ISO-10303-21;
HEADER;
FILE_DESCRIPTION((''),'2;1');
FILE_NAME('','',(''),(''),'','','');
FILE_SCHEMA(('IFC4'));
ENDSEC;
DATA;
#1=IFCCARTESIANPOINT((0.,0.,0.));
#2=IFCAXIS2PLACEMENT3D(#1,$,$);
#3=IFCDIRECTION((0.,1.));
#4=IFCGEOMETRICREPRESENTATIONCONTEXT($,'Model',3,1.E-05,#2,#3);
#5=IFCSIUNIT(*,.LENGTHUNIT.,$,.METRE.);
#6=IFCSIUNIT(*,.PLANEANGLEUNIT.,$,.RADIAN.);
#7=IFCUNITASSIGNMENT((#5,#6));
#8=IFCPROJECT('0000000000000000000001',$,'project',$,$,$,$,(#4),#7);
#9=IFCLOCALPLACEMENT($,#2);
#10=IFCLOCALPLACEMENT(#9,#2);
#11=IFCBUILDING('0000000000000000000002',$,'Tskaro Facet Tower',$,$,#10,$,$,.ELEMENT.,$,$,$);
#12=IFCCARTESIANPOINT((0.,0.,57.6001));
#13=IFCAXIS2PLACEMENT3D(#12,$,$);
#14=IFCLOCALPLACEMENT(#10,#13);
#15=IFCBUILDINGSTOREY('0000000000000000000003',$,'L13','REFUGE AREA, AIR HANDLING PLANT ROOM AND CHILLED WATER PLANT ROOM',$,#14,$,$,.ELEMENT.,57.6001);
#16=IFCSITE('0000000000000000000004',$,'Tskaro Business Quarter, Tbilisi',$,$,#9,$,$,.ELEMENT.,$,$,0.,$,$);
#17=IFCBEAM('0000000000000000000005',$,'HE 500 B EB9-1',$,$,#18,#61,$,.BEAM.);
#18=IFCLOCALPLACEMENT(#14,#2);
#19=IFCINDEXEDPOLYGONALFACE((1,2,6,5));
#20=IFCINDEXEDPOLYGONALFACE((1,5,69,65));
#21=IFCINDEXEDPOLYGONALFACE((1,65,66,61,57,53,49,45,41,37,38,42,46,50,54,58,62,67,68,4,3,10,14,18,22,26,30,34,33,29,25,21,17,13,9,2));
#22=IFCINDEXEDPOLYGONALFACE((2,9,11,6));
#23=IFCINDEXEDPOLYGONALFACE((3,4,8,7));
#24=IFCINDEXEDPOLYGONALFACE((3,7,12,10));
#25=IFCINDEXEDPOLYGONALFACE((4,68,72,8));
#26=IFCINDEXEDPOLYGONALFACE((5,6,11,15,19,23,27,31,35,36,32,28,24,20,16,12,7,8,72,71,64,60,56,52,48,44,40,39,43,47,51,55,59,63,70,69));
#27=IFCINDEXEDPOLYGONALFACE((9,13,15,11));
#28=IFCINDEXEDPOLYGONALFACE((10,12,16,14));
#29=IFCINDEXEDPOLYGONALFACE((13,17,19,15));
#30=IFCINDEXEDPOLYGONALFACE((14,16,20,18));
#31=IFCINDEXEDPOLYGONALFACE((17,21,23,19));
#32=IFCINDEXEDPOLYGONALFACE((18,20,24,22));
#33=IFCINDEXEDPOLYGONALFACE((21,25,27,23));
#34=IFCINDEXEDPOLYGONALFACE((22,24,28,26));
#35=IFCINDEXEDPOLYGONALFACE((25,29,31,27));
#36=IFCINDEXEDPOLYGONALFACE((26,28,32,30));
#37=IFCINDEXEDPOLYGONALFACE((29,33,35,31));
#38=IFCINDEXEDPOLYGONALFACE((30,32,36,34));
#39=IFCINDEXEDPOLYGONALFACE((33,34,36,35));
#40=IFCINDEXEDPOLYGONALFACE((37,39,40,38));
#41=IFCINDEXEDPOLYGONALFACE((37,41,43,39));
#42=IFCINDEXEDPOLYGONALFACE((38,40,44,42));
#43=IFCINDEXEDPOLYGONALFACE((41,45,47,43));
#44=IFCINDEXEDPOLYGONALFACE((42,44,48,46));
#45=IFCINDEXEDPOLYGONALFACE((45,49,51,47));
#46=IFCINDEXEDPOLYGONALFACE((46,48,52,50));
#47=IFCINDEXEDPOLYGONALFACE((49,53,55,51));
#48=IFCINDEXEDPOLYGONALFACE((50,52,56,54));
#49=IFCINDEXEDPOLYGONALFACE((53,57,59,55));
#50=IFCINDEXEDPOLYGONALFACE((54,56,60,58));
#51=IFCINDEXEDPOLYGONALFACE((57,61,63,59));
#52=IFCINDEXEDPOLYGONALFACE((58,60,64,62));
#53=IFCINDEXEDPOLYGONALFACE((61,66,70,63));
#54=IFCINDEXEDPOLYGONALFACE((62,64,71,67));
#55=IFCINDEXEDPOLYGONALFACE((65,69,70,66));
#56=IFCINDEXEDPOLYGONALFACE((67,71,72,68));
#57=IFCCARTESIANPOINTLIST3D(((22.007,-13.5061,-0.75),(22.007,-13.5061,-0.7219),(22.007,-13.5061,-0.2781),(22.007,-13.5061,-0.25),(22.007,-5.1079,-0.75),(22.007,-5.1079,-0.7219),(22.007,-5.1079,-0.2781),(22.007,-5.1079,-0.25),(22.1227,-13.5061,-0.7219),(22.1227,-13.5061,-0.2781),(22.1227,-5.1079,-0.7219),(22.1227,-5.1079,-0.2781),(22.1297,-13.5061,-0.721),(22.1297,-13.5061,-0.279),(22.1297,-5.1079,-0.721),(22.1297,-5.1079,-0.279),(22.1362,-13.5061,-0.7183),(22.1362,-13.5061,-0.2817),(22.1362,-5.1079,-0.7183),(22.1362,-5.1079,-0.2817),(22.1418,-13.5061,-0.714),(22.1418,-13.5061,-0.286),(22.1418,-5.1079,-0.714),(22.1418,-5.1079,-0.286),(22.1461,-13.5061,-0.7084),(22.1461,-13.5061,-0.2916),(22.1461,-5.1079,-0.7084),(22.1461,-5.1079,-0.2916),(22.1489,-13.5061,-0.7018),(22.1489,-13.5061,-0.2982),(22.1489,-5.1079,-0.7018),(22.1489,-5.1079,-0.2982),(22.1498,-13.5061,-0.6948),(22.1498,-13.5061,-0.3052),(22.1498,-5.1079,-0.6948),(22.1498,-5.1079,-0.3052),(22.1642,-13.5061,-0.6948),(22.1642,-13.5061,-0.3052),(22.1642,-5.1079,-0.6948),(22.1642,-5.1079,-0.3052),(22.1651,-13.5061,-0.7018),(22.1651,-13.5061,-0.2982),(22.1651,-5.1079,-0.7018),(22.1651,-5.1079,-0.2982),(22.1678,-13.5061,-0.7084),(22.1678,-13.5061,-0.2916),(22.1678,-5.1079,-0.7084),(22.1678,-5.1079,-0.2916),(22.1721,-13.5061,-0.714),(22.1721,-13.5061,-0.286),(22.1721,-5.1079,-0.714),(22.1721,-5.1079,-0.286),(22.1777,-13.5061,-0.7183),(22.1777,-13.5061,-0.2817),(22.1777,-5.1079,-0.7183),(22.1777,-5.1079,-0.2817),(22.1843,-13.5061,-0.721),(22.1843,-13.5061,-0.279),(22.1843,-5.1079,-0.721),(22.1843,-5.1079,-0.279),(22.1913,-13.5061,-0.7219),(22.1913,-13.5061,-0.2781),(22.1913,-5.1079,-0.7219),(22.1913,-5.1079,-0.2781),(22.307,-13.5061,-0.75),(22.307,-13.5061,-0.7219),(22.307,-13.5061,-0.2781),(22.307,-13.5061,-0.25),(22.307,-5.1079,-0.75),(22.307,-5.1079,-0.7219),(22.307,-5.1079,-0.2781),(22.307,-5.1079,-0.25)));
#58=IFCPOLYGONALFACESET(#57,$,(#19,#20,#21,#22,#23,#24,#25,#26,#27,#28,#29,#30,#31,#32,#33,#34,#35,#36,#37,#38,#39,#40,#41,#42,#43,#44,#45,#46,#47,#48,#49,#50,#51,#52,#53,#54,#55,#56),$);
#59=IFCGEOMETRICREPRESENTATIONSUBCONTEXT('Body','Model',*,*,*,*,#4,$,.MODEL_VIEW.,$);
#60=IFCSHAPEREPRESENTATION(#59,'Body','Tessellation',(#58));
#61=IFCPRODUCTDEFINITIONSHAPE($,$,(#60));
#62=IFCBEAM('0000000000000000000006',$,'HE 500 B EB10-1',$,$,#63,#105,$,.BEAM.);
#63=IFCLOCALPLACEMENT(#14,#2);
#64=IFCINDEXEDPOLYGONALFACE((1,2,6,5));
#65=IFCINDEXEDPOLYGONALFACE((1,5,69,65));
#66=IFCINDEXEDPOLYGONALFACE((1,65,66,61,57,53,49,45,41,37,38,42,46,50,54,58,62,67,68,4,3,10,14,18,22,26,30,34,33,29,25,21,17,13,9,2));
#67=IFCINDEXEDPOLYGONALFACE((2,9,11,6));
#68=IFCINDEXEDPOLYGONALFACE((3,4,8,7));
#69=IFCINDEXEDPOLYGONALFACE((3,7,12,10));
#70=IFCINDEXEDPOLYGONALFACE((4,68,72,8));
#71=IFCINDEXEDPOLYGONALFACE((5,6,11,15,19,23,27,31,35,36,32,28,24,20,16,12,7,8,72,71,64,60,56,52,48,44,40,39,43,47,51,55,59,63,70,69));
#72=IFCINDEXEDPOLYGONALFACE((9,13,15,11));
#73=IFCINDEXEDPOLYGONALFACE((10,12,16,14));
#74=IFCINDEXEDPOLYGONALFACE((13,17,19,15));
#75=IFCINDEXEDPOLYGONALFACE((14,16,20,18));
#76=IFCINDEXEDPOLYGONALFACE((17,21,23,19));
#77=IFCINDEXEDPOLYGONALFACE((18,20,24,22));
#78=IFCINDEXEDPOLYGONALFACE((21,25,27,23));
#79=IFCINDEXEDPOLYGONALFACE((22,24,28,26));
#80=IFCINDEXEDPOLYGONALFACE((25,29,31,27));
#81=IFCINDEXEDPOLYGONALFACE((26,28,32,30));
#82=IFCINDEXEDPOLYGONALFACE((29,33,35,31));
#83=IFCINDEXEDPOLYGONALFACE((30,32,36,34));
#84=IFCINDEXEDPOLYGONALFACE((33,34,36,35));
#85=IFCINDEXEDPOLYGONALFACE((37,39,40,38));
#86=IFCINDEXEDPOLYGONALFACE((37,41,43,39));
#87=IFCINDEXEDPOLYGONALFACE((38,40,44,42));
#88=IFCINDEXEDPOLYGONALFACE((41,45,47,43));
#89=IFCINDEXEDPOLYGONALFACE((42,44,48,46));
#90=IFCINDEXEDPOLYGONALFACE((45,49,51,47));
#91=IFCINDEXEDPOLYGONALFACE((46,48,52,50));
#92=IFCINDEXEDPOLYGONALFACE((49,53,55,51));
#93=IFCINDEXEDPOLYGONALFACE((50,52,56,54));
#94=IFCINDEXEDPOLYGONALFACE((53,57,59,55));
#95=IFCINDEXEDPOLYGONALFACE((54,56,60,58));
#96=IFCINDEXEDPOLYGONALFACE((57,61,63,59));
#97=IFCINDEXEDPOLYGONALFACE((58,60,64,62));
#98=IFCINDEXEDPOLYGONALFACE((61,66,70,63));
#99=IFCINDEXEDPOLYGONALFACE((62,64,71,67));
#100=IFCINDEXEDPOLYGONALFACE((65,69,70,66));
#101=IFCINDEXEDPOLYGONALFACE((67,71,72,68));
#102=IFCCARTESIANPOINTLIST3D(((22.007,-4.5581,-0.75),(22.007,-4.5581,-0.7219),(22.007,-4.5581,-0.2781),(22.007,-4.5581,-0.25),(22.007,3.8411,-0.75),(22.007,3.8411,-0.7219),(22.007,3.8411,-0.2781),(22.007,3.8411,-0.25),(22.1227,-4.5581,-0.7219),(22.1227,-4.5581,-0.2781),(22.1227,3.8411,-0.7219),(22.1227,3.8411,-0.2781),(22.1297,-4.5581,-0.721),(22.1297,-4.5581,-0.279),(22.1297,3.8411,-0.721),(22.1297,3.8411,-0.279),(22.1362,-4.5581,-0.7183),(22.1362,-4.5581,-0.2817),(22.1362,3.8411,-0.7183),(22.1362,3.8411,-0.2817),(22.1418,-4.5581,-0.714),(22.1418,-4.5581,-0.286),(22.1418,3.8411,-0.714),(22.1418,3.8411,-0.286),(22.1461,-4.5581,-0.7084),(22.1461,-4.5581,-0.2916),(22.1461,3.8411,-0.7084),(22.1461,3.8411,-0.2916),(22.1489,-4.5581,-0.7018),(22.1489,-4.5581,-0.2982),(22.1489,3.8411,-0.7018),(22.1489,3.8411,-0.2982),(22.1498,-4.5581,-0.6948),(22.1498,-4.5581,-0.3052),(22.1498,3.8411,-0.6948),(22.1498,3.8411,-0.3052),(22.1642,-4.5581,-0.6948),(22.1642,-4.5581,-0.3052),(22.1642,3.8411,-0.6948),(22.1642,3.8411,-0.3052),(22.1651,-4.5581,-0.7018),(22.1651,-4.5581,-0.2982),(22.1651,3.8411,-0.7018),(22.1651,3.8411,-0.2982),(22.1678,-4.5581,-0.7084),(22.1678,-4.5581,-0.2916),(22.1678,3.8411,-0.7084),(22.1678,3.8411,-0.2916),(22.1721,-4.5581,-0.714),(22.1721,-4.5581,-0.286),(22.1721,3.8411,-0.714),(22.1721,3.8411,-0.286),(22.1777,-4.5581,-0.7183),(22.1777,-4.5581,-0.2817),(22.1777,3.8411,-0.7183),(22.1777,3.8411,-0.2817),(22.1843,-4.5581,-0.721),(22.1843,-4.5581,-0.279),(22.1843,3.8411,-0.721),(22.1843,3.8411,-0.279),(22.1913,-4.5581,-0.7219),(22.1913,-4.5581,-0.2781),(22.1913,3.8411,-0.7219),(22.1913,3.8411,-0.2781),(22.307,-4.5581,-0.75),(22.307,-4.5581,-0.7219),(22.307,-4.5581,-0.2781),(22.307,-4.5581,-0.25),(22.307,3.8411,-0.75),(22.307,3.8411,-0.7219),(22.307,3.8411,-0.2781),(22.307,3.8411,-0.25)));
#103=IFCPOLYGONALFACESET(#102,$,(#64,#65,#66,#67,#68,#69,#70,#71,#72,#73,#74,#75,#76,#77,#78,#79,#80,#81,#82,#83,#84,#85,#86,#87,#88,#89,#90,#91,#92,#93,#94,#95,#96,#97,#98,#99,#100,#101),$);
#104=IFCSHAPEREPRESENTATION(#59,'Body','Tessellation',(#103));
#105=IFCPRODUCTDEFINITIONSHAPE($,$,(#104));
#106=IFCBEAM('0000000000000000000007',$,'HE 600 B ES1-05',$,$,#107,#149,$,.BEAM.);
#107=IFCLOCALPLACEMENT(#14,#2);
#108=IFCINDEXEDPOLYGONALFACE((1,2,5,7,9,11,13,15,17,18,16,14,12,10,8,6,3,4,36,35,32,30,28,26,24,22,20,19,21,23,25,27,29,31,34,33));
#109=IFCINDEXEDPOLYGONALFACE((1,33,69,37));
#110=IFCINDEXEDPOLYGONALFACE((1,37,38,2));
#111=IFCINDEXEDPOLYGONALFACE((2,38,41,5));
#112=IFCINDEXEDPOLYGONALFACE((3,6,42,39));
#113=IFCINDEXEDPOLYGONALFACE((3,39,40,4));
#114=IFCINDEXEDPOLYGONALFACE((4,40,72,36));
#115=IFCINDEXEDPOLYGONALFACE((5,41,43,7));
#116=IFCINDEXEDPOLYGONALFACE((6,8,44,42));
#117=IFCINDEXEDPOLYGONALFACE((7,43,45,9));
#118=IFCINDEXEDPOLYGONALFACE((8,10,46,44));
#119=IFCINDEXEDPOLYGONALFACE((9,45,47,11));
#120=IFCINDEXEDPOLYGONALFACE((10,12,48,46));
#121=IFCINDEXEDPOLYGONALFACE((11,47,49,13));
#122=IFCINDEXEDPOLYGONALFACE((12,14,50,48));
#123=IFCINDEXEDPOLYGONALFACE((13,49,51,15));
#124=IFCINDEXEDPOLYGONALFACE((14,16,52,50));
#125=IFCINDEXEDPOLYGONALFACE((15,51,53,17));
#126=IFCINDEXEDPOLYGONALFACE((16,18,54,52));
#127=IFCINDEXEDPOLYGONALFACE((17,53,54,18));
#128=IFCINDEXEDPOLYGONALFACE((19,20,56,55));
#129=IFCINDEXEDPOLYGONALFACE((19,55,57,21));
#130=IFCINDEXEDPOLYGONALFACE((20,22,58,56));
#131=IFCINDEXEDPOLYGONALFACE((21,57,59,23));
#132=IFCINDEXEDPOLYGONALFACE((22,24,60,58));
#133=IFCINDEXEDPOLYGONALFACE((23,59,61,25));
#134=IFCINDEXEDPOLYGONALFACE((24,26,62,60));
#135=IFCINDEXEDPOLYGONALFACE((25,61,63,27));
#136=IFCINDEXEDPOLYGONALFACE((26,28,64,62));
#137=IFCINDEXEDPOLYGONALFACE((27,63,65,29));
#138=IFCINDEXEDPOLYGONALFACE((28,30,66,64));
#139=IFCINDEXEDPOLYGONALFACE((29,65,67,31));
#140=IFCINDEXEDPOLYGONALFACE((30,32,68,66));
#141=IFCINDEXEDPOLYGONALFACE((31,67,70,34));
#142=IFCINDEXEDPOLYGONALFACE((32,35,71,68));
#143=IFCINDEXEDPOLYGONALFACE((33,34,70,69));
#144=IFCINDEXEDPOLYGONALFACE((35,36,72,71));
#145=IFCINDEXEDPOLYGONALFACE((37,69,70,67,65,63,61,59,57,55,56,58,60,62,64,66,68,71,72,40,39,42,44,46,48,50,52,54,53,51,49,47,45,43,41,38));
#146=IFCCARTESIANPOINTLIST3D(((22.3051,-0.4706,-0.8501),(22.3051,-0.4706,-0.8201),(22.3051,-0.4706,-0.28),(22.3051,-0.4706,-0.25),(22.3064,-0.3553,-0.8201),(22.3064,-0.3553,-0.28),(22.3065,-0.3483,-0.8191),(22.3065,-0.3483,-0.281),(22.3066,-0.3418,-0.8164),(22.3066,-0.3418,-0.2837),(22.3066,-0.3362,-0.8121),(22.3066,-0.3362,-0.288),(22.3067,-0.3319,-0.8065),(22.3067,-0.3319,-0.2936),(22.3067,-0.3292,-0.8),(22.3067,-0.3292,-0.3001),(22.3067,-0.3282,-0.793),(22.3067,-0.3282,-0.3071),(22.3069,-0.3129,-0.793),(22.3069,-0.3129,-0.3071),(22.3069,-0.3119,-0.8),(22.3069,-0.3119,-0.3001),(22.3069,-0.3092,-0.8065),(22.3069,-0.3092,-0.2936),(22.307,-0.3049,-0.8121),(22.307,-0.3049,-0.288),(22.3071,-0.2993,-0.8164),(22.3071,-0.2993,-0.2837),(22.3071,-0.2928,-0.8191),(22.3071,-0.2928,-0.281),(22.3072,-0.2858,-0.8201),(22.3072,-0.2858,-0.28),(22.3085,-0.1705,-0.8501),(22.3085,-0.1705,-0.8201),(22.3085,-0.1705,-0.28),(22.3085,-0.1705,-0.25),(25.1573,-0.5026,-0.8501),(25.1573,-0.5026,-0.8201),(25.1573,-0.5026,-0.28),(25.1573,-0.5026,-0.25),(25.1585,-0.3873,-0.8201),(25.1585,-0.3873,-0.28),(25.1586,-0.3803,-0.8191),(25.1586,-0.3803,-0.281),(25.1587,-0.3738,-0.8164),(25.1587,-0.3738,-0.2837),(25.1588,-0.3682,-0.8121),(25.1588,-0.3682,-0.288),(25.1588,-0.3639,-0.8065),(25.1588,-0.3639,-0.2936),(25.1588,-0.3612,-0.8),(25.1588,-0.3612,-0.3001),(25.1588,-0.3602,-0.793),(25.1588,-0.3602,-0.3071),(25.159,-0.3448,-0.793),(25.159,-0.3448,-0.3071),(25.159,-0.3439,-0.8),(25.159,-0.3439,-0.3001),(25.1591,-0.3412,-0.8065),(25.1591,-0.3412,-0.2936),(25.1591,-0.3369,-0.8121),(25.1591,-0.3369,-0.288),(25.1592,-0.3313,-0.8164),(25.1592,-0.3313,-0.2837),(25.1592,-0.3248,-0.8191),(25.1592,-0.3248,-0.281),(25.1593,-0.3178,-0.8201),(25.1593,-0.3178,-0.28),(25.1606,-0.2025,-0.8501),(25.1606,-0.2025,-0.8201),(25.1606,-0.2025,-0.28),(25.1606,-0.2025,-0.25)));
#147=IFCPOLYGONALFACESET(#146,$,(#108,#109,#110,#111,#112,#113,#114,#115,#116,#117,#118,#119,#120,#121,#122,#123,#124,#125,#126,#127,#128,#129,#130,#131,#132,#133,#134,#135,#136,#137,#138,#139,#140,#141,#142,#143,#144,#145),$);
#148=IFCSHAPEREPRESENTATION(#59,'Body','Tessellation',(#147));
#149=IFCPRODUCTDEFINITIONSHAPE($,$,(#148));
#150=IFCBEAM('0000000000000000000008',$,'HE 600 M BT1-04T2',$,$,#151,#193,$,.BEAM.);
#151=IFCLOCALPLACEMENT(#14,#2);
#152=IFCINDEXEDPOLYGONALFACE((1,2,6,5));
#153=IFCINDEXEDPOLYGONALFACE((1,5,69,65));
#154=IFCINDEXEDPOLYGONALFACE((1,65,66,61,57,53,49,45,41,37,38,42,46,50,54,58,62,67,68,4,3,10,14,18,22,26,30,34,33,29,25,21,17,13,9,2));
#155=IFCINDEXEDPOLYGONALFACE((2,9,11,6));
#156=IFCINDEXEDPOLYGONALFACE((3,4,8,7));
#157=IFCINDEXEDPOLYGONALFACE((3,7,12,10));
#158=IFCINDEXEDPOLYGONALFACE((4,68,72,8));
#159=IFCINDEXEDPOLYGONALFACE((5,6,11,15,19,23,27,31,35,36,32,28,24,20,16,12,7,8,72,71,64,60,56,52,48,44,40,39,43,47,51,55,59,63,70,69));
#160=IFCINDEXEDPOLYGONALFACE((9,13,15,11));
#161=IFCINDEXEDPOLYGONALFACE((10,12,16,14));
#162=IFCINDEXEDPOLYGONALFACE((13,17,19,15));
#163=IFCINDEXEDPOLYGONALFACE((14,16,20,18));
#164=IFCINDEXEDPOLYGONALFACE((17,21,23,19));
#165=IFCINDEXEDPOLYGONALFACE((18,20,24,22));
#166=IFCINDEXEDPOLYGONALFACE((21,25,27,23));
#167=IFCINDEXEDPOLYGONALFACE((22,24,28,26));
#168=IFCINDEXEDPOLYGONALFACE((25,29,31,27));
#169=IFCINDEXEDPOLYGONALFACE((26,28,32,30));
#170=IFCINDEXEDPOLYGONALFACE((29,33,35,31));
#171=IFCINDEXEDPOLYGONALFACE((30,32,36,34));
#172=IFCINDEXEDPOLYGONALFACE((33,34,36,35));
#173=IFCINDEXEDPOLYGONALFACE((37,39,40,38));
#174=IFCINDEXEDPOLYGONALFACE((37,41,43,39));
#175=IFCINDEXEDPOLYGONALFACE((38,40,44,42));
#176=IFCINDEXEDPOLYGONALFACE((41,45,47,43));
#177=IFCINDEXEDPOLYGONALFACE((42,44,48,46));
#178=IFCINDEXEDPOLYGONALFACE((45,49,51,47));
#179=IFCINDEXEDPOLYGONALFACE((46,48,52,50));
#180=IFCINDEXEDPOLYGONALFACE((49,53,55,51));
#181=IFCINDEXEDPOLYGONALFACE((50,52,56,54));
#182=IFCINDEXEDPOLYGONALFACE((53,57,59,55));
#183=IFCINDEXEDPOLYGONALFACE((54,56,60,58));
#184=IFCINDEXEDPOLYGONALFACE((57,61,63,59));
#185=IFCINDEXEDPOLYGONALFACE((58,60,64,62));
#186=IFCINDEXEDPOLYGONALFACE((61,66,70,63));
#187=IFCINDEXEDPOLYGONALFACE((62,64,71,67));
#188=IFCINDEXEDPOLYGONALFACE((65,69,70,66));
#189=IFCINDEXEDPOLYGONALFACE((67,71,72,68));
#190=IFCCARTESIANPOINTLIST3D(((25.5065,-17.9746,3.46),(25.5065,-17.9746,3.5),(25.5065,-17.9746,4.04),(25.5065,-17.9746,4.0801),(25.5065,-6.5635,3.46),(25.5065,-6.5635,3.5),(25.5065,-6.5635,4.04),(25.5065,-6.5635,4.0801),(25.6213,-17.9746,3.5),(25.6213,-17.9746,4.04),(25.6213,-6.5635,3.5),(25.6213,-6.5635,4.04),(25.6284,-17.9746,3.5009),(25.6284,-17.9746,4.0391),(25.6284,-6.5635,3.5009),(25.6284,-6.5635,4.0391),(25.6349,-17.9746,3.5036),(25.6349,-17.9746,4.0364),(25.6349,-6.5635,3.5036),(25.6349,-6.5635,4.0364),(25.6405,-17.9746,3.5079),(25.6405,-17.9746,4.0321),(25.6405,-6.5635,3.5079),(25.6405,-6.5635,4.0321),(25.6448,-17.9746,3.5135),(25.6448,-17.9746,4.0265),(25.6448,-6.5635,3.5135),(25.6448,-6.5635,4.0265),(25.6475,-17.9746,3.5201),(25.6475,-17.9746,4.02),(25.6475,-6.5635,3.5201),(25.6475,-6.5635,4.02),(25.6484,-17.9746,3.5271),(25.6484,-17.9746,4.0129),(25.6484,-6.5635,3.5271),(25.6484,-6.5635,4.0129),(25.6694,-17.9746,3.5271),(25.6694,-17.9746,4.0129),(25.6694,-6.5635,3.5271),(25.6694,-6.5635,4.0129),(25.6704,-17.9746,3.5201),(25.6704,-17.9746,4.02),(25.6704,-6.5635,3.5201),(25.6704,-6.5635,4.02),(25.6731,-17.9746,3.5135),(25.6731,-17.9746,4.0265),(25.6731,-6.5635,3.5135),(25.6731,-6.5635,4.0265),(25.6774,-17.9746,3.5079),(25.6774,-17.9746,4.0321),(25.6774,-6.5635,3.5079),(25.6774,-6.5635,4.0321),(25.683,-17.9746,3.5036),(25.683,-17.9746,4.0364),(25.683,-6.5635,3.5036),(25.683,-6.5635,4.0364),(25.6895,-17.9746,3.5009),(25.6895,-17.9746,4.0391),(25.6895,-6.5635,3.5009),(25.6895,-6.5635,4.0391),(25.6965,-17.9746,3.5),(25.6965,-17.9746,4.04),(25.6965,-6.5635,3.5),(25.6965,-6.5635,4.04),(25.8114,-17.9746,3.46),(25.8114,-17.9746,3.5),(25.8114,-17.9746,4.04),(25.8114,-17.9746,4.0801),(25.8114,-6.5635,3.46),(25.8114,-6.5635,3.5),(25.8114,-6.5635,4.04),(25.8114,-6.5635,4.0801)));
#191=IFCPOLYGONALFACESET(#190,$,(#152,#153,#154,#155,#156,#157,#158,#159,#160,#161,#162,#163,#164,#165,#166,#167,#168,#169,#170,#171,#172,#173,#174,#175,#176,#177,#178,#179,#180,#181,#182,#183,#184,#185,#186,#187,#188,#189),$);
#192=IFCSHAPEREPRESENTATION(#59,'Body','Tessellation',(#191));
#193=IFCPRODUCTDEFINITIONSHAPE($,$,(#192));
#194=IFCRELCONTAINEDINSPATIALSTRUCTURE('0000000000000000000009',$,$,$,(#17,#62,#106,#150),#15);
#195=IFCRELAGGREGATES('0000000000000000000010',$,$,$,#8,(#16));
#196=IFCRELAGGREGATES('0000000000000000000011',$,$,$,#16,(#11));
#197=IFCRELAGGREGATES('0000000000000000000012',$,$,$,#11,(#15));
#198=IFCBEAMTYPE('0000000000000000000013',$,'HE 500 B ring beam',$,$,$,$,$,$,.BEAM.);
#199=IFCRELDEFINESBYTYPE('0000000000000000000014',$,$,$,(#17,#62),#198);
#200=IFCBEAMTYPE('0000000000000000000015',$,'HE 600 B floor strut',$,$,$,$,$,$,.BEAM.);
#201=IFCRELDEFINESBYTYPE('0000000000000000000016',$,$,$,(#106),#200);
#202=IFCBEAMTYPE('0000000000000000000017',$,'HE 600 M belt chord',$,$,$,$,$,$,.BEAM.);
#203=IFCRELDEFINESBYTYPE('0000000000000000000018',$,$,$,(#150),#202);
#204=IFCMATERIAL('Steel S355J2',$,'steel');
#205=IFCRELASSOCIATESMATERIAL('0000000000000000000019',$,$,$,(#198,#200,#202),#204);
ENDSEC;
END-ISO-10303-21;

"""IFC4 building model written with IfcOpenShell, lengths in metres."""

from ifc_helpers import new_model, si_unit, direction, frame, origin, origin_2d, place, context, subcontext, project, spatial, i_section, extrude, material, material_profile, profile_set, type_object, element, save


model = new_model("IFC4")

# Units and contexts
model_context = context("Model", 3, precision=1e-05, world=origin(), true_north=direction((0.0, 1.0)))
body_context = subcontext(model_context, "Body", "Model", "MODEL_VIEW")
ifc_project = project(units=[si_unit("LENGTHUNIT", "METRE"), si_unit("PLANEANGLEUNIT", "RADIAN")], contexts=[model_context])

# Site, building, storey
site_placement = place(None, origin())
site = spatial("IfcSite", under=ifc_project, at=site_placement, Name="Tskaro Business Quarter, Tbilisi", CompositionType="ELEMENT", RefElevation=0.0)
building_placement = place(site_placement, origin())
building = spatial("IfcBuilding", under=site, at=building_placement, Name="Tskaro Facet Tower", CompositionType="ELEMENT")
storey_placement = place(building_placement, frame((0.0, 0.0, 57.6001)))
storey = spatial("IfcBuildingStorey", under=building, at=storey_placement, Name="L13", Description="REFUGE AREA, AIR HANDLING PLANT ROOM AND CHILLED WATER PLANT ROOM", CompositionType="ELEMENT", Elevation=57.6001)

# Shared definitions
ifc_material_1 = material(Name="Steel S355J2", Category="steel")

# Beams
ifc_material_profile_1 = material_profile(ifc_material_1, i_section(OverallWidth=0.3, OverallDepth=0.5, WebThickness=0.0144, FlangeThickness=0.0281, FilletRadius=0.0271, at=origin_2d()), Name="HE 500 B")
ifc_profile_set_1 = profile_set([ifc_material_profile_1], Name="Steel S355J2")
beam_type_1 = type_object("IfcBeamType", Name="HE 500 B ring beam", PredefinedType="BEAM", material=ifc_profile_set_1)
beam_1_placement = place(storey_placement, frame((22.157, -13.5061, -0.5), z_axis=(0.0, 1.0, 0.0), x_axis=(-1.0, 0.0, 0.0)))
element("IfcBeam", 1, at=beam_1_placement, inside=storey, type_object=beam_type_1, Name="HE 500 B EB9-1", PredefinedType="BEAM", context=body_context, shape_type="SweptSolid", body=[
    extrude(i_section(OverallWidth=0.3, OverallDepth=0.5, WebThickness=0.0144, FlangeThickness=0.0281, FilletRadius=0.0271, at=origin_2d()), origin(), (0.0, 0.0, 1.0), 8.3982),
])
beam_2_placement = place(storey_placement, frame((22.157, -4.5581, -0.5), z_axis=(0.0, 1.0, 0.0), x_axis=(-1.0, 0.0, 0.0)))
element("IfcBeam", 2, at=beam_2_placement, inside=storey, type_object=beam_type_1, Name="HE 500 B EB10-1", PredefinedType="BEAM", context=body_context, shape_type="SweptSolid", body=[
    extrude(i_section(OverallWidth=0.3, OverallDepth=0.5, WebThickness=0.0144, FlangeThickness=0.0281, FilletRadius=0.0271, at=origin_2d()), origin(), (0.0, 0.0, 1.0), 8.3992),
])
ifc_material_profile_2 = material_profile(ifc_material_1, i_section(OverallWidth=0.3, OverallDepth=0.6001, WebThickness=0.0154, FlangeThickness=0.03, FilletRadius=0.0271, at=origin_2d()), Name="HE 600 B")
ifc_profile_set_2 = profile_set([ifc_material_profile_2], Name="Steel S355J2")
beam_type_2 = type_object("IfcBeamType", Name="HE 600 B floor strut", PredefinedType="BEAM", material=ifc_profile_set_2)
beam_3_placement = place(storey_placement, frame((25.1589, -0.3525, -0.55), z_axis=(-0.999937, 0.011213, 0.0), x_axis=(-0.011213, -0.999937, 0.0)))
element("IfcBeam", 3, at=beam_3_placement, inside=storey, type_object=beam_type_2, Name="HE 600 B ES1-05", PredefinedType="BEAM", context=body_context, shape_type="SweptSolid", body=[
    extrude(i_section(OverallWidth=0.3, OverallDepth=0.6001, WebThickness=0.0154, FlangeThickness=0.03, FilletRadius=0.0271, at=origin_2d()), origin(), (0.0, 0.0, 1.0), 2.8523),
])
ifc_material_profile_3 = material_profile(ifc_material_1, i_section(OverallWidth=0.3049, OverallDepth=0.6201, WebThickness=0.021, FlangeThickness=0.04, FilletRadius=0.0271, at=origin_2d()), Name="HE 600 M")
ifc_profile_set_3 = profile_set([ifc_material_profile_3], Name="Steel S355J2")
beam_type_3 = type_object("IfcBeamType", Name="HE 600 M belt chord", PredefinedType="BEAM", material=ifc_profile_set_3)
beam_4_placement = place(storey_placement, frame((25.6589, -17.9746, 3.77), z_axis=(0.0, 1.0, 0.0), x_axis=(-1.0, 0.0, 0.0)))
element("IfcBeam", 4, at=beam_4_placement, inside=storey, type_object=beam_type_3, Name="HE 600 M BT1-04T2", PredefinedType="BEAM", context=body_context, shape_type="SweptSolid", body=[
    extrude(i_section(OverallWidth=0.3049, OverallDepth=0.6201, WebThickness=0.021, FlangeThickness=0.04, FilletRadius=0.0271, at=origin_2d()), origin(), (0.0, 0.0, 1.0), 11.4111),
])

save(model, "model.ifc")
